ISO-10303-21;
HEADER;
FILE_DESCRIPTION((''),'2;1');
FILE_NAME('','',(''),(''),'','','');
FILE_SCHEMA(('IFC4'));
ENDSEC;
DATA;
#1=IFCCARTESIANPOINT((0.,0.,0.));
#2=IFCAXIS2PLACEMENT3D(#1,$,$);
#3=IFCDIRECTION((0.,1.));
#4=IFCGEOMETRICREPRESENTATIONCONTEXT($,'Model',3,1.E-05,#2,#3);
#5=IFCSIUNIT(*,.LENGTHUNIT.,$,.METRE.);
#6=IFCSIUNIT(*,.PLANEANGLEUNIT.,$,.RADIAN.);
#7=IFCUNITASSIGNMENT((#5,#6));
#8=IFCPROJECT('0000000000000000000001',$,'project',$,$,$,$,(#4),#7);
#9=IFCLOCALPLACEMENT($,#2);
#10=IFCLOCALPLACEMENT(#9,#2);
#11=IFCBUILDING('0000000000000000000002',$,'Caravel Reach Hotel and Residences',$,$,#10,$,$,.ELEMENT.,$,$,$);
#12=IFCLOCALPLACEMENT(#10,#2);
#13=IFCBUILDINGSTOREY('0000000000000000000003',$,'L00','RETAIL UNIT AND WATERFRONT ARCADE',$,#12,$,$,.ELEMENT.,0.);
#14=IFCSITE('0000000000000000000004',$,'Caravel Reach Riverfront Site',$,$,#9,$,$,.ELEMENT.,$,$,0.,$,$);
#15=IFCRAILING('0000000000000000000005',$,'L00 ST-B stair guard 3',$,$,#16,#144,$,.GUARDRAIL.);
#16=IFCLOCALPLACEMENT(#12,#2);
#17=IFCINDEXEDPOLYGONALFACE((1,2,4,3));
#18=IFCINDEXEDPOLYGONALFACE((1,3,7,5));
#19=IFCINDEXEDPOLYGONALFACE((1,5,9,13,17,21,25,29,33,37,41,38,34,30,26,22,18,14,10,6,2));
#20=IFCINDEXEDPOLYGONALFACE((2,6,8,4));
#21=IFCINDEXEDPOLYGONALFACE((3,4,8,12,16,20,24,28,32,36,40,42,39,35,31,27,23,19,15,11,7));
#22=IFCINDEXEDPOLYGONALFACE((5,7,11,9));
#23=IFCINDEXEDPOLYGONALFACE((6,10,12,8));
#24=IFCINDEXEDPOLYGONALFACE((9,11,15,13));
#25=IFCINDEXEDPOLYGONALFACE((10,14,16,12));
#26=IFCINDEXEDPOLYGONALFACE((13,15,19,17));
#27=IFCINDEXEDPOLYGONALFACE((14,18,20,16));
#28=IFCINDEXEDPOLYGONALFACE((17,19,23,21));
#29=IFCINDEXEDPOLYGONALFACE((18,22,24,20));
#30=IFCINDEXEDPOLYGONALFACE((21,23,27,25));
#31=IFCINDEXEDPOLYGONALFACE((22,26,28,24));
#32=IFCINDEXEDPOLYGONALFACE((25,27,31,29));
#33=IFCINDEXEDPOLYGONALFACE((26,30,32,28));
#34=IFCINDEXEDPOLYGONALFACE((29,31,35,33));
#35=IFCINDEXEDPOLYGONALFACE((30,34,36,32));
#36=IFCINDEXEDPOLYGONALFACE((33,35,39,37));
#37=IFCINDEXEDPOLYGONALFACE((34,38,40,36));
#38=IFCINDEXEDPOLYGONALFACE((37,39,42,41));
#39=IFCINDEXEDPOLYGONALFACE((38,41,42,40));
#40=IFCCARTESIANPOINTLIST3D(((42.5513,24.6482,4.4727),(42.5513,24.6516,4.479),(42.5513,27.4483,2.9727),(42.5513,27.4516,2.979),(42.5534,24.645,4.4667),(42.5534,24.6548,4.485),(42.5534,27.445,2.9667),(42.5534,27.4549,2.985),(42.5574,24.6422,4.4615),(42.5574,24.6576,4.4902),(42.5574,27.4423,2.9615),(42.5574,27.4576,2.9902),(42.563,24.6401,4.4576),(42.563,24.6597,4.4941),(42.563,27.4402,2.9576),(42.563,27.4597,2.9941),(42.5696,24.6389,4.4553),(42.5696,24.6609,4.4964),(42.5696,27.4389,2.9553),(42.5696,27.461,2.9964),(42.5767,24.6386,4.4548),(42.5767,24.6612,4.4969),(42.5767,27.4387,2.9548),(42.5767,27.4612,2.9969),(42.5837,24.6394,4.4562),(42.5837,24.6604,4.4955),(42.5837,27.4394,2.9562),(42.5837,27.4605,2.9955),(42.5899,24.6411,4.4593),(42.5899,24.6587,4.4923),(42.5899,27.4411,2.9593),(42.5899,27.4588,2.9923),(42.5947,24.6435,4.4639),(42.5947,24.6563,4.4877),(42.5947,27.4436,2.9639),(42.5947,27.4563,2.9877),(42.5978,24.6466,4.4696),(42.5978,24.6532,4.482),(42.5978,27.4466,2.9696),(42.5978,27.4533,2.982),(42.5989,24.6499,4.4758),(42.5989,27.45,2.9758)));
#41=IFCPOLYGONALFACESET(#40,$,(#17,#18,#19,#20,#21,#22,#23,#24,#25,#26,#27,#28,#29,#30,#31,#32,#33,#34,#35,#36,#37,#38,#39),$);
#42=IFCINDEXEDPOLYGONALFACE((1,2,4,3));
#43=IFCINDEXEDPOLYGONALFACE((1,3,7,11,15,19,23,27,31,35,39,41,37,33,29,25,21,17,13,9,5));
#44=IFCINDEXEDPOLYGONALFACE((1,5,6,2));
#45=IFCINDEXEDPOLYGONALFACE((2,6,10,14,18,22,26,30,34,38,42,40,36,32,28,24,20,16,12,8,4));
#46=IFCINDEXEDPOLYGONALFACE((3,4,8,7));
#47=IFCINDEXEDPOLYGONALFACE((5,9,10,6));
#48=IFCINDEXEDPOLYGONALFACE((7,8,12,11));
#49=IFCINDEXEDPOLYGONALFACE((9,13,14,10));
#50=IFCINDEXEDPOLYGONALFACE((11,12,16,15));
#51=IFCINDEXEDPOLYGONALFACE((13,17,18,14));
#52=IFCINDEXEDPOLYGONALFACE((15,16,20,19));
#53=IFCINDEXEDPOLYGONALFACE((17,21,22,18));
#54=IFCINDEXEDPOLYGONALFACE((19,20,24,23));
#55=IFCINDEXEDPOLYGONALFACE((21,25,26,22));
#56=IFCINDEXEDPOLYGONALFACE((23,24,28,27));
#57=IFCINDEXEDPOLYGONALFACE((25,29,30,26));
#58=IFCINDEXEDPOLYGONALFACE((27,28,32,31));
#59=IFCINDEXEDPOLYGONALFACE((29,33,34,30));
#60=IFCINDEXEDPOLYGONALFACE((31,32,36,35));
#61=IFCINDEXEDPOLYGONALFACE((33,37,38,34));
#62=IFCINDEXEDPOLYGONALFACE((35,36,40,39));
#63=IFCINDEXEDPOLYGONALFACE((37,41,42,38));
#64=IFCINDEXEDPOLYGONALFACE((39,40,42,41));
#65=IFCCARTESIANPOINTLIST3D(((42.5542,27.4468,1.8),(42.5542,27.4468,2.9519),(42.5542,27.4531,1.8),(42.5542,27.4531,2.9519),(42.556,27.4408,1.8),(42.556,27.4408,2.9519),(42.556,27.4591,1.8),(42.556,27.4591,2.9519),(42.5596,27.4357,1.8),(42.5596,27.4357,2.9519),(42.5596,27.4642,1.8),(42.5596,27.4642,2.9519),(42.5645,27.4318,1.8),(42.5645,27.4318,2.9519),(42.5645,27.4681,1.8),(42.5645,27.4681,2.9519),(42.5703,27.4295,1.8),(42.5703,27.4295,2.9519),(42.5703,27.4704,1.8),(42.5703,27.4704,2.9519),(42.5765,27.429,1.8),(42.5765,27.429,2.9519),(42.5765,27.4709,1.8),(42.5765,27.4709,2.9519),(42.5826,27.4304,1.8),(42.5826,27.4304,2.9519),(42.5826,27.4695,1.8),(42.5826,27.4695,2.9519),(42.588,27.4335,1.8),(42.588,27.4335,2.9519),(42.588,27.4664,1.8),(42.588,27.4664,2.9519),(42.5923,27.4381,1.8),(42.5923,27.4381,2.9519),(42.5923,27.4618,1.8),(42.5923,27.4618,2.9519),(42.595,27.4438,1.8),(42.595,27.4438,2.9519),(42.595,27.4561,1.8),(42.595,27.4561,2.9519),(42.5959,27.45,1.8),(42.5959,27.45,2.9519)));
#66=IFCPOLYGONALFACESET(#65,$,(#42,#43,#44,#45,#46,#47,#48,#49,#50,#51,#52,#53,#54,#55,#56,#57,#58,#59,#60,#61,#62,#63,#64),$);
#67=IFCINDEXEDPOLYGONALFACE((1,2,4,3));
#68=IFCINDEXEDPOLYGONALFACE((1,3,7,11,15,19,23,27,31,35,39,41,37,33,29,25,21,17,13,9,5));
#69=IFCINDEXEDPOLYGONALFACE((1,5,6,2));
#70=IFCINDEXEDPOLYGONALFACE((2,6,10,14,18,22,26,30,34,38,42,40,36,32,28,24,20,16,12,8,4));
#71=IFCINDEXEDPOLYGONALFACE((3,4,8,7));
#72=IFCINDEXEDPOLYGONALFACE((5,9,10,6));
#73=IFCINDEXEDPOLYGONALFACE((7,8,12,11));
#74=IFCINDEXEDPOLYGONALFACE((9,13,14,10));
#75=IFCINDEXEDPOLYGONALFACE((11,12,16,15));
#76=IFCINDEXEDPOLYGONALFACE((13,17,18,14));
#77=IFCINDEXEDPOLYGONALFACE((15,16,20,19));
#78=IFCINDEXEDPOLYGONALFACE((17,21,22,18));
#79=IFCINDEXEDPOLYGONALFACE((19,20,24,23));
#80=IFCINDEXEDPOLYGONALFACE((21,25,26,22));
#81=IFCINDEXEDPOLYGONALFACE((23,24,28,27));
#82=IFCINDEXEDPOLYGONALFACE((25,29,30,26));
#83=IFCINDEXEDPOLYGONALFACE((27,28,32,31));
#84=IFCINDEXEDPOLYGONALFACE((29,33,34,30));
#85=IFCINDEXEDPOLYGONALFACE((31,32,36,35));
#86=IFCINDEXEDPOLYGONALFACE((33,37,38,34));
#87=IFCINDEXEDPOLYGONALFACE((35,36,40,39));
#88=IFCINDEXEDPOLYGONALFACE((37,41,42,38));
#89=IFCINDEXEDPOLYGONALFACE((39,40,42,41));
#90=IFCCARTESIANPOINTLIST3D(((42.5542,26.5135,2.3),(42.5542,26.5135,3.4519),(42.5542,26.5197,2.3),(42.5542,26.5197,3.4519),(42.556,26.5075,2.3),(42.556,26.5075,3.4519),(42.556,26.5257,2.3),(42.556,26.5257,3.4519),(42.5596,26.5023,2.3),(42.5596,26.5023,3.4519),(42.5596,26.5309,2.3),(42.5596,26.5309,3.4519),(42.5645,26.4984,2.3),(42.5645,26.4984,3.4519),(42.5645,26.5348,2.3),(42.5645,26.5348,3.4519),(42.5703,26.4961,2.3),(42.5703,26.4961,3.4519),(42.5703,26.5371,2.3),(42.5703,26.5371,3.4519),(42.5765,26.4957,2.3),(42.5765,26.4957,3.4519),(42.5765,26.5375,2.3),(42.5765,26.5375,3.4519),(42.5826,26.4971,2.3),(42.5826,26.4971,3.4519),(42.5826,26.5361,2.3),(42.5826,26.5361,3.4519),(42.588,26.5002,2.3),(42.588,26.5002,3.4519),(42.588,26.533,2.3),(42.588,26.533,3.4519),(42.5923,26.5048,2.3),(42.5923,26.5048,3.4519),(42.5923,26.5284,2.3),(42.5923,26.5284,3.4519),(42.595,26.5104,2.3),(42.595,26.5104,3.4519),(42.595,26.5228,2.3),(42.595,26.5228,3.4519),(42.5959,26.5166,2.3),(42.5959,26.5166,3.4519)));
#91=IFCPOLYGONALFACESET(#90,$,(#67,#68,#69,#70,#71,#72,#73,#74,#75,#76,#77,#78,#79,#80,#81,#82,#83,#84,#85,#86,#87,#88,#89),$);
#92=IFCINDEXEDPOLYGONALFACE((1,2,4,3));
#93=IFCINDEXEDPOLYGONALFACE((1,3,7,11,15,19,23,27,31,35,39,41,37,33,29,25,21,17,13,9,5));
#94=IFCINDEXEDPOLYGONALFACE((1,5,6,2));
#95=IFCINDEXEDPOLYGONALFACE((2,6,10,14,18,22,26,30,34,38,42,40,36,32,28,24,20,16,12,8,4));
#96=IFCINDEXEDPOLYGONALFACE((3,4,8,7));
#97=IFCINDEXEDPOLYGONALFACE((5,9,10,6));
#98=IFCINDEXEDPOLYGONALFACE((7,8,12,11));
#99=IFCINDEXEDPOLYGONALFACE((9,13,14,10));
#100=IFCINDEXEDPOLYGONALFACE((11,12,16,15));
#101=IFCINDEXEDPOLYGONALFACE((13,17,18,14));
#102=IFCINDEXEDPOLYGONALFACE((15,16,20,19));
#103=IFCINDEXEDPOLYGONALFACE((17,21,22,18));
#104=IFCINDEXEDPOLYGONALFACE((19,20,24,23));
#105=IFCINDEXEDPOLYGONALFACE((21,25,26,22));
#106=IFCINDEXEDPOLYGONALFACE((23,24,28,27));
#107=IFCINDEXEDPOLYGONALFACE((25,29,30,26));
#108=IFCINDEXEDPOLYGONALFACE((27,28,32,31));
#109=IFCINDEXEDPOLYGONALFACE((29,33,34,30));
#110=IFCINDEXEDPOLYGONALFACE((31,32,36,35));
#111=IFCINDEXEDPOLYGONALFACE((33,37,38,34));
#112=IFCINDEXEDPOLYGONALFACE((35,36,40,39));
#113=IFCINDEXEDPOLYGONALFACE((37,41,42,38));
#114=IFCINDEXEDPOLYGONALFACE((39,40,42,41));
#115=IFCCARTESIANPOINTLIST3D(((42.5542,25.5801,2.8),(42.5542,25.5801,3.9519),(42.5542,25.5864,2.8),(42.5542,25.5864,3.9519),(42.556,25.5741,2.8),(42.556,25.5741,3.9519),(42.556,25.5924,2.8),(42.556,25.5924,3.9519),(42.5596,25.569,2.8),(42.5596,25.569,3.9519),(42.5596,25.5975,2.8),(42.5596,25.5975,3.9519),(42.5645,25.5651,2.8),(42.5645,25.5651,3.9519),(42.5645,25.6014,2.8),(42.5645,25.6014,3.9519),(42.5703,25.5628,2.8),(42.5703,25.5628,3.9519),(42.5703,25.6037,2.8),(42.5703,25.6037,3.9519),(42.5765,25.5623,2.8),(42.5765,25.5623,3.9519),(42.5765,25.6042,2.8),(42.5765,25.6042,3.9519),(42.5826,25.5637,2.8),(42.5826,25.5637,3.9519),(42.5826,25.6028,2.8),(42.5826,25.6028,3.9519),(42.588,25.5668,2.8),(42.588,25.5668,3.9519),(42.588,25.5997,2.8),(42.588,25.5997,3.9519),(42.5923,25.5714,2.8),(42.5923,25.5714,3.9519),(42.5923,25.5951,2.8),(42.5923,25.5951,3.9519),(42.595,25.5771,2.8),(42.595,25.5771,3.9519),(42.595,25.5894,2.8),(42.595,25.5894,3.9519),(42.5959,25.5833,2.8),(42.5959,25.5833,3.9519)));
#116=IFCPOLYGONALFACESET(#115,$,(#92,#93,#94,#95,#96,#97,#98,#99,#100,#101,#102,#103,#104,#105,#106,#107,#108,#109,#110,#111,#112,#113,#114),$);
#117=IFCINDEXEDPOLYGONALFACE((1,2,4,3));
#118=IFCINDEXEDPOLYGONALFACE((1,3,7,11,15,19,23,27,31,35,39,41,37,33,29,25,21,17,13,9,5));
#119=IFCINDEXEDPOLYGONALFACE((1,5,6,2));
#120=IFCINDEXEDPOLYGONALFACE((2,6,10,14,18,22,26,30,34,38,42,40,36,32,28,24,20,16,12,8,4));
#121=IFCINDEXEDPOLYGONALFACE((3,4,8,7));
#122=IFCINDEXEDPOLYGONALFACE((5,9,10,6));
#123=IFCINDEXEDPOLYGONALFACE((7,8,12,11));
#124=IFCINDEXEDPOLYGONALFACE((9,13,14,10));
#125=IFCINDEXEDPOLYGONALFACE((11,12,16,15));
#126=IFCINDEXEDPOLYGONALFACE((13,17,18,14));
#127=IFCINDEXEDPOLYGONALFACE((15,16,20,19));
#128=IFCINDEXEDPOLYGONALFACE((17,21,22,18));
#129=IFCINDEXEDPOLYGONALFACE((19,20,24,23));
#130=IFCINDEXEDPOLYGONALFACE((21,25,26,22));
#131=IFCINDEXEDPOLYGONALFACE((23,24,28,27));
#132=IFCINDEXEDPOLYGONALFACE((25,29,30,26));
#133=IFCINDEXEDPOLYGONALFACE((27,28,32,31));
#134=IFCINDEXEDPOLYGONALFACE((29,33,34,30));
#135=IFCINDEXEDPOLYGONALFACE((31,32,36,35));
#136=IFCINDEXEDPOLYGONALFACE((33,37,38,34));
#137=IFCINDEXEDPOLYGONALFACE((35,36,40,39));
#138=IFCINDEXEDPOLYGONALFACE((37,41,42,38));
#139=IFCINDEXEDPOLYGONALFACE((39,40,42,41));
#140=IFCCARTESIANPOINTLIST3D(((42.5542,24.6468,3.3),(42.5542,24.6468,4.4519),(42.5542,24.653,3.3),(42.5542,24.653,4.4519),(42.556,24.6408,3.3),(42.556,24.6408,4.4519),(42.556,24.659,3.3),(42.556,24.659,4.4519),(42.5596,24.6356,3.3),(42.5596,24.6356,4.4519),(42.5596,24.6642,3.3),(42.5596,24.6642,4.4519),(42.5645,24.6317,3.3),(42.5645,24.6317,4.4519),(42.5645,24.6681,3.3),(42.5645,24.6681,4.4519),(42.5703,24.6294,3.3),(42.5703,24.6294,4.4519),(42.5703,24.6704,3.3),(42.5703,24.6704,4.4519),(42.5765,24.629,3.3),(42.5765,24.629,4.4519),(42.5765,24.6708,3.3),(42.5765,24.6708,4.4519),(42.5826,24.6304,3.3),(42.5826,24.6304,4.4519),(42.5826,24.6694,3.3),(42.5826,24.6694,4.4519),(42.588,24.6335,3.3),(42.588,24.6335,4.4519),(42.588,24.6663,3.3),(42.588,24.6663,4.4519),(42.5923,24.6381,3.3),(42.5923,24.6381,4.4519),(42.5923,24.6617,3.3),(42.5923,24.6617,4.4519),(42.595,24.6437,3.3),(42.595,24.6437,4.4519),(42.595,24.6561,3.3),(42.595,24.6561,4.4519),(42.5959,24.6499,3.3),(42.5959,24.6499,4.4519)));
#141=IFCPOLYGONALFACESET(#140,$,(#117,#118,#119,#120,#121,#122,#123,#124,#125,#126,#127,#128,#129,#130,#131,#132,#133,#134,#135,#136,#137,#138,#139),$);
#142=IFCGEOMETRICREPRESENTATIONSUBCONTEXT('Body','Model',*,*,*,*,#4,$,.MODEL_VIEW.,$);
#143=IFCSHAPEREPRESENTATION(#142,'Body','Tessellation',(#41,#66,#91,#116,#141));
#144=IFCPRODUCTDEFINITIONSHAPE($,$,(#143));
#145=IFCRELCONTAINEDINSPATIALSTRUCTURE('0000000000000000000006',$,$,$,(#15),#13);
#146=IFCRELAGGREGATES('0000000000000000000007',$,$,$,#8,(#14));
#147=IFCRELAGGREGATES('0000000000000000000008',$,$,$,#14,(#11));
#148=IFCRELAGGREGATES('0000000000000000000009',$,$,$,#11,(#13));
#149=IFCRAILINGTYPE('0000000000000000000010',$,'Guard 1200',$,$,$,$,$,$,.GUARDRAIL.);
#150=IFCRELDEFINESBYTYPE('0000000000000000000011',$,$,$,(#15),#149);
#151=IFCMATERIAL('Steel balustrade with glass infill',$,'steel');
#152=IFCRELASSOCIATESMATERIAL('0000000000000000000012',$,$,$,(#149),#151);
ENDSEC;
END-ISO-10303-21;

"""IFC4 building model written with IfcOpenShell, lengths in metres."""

from ifc_helpers import new_model, si_unit, direction, frame, origin, origin_2d, place, context, subcontext, project, spatial, circle, extrude, material, type_object, element, save


model = new_model("IFC4")

# Units and contexts
model_context = context("Model", 3, precision=1e-05, world=origin(), true_north=direction((0.0, 1.0)))
body_context = subcontext(model_context, "Body", "Model", "MODEL_VIEW")
ifc_project = project(units=[si_unit("LENGTHUNIT", "METRE"), si_unit("PLANEANGLEUNIT", "RADIAN")], contexts=[model_context])

# Site, building, storey
site_placement = place(None, origin())
site = spatial("IfcSite", under=ifc_project, at=site_placement, Name="Caravel Reach Riverfront Site", CompositionType="ELEMENT", RefElevation=0.0)
building_placement = place(site_placement, origin())
building = spatial("IfcBuilding", under=site, at=building_placement, Name="Caravel Reach Hotel and Residences", CompositionType="ELEMENT")
storey_placement = place(building_placement, origin())
storey = spatial("IfcBuildingStorey", under=building, at=storey_placement, Name="L00", Description="RETAIL UNIT AND WATERFRONT ARCADE", CompositionType="ELEMENT", Elevation=0.0)

# Railing
ifc_material_1 = material(Name="Steel balustrade with glass infill", Category="steel")
railing_type_1 = type_object("IfcRailingType", Name="Guard 1200", PredefinedType="GUARDRAIL", material=ifc_material_1)
railing_1_placement = place(storey_placement, frame((42.575, 27.45, 1.8)))
element("IfcRailing", 1, at=railing_1_placement, inside=storey, type_object=railing_type_1, Name="L00 ST-B stair guard 3", PredefinedType="GUARDRAIL", context=body_context, shape_type="SweptSolid", body=[
    extrude(circle(Radius=0.0239, at=origin_2d()), frame((0.0, 0.0, 1.1758), z_axis=(0.0, -0.881483, 0.472215), x_axis=(1.0, 0.0, 0.0)), (0.0, 0.0, 1.0), 3.1765),
    extrude(circle(Radius=0.021, at=origin_2d()), origin(), (0.0, 0.0, 1.0), 1.1519),
    extrude(circle(Radius=0.021, at=origin_2d()), frame((0.0, -0.9333, 0.5)), (0.0, 0.0, 1.0), 1.1519),
    extrude(circle(Radius=0.021, at=origin_2d()), frame((0.0, -1.8667, 1.0)), (0.0, 0.0, 1.0), 1.1519),
    extrude(circle(Radius=0.021, at=origin_2d()), frame((0.0, -2.8, 1.5)), (0.0, 0.0, 1.0), 1.1519),
])

save(model, "model.ifc")
